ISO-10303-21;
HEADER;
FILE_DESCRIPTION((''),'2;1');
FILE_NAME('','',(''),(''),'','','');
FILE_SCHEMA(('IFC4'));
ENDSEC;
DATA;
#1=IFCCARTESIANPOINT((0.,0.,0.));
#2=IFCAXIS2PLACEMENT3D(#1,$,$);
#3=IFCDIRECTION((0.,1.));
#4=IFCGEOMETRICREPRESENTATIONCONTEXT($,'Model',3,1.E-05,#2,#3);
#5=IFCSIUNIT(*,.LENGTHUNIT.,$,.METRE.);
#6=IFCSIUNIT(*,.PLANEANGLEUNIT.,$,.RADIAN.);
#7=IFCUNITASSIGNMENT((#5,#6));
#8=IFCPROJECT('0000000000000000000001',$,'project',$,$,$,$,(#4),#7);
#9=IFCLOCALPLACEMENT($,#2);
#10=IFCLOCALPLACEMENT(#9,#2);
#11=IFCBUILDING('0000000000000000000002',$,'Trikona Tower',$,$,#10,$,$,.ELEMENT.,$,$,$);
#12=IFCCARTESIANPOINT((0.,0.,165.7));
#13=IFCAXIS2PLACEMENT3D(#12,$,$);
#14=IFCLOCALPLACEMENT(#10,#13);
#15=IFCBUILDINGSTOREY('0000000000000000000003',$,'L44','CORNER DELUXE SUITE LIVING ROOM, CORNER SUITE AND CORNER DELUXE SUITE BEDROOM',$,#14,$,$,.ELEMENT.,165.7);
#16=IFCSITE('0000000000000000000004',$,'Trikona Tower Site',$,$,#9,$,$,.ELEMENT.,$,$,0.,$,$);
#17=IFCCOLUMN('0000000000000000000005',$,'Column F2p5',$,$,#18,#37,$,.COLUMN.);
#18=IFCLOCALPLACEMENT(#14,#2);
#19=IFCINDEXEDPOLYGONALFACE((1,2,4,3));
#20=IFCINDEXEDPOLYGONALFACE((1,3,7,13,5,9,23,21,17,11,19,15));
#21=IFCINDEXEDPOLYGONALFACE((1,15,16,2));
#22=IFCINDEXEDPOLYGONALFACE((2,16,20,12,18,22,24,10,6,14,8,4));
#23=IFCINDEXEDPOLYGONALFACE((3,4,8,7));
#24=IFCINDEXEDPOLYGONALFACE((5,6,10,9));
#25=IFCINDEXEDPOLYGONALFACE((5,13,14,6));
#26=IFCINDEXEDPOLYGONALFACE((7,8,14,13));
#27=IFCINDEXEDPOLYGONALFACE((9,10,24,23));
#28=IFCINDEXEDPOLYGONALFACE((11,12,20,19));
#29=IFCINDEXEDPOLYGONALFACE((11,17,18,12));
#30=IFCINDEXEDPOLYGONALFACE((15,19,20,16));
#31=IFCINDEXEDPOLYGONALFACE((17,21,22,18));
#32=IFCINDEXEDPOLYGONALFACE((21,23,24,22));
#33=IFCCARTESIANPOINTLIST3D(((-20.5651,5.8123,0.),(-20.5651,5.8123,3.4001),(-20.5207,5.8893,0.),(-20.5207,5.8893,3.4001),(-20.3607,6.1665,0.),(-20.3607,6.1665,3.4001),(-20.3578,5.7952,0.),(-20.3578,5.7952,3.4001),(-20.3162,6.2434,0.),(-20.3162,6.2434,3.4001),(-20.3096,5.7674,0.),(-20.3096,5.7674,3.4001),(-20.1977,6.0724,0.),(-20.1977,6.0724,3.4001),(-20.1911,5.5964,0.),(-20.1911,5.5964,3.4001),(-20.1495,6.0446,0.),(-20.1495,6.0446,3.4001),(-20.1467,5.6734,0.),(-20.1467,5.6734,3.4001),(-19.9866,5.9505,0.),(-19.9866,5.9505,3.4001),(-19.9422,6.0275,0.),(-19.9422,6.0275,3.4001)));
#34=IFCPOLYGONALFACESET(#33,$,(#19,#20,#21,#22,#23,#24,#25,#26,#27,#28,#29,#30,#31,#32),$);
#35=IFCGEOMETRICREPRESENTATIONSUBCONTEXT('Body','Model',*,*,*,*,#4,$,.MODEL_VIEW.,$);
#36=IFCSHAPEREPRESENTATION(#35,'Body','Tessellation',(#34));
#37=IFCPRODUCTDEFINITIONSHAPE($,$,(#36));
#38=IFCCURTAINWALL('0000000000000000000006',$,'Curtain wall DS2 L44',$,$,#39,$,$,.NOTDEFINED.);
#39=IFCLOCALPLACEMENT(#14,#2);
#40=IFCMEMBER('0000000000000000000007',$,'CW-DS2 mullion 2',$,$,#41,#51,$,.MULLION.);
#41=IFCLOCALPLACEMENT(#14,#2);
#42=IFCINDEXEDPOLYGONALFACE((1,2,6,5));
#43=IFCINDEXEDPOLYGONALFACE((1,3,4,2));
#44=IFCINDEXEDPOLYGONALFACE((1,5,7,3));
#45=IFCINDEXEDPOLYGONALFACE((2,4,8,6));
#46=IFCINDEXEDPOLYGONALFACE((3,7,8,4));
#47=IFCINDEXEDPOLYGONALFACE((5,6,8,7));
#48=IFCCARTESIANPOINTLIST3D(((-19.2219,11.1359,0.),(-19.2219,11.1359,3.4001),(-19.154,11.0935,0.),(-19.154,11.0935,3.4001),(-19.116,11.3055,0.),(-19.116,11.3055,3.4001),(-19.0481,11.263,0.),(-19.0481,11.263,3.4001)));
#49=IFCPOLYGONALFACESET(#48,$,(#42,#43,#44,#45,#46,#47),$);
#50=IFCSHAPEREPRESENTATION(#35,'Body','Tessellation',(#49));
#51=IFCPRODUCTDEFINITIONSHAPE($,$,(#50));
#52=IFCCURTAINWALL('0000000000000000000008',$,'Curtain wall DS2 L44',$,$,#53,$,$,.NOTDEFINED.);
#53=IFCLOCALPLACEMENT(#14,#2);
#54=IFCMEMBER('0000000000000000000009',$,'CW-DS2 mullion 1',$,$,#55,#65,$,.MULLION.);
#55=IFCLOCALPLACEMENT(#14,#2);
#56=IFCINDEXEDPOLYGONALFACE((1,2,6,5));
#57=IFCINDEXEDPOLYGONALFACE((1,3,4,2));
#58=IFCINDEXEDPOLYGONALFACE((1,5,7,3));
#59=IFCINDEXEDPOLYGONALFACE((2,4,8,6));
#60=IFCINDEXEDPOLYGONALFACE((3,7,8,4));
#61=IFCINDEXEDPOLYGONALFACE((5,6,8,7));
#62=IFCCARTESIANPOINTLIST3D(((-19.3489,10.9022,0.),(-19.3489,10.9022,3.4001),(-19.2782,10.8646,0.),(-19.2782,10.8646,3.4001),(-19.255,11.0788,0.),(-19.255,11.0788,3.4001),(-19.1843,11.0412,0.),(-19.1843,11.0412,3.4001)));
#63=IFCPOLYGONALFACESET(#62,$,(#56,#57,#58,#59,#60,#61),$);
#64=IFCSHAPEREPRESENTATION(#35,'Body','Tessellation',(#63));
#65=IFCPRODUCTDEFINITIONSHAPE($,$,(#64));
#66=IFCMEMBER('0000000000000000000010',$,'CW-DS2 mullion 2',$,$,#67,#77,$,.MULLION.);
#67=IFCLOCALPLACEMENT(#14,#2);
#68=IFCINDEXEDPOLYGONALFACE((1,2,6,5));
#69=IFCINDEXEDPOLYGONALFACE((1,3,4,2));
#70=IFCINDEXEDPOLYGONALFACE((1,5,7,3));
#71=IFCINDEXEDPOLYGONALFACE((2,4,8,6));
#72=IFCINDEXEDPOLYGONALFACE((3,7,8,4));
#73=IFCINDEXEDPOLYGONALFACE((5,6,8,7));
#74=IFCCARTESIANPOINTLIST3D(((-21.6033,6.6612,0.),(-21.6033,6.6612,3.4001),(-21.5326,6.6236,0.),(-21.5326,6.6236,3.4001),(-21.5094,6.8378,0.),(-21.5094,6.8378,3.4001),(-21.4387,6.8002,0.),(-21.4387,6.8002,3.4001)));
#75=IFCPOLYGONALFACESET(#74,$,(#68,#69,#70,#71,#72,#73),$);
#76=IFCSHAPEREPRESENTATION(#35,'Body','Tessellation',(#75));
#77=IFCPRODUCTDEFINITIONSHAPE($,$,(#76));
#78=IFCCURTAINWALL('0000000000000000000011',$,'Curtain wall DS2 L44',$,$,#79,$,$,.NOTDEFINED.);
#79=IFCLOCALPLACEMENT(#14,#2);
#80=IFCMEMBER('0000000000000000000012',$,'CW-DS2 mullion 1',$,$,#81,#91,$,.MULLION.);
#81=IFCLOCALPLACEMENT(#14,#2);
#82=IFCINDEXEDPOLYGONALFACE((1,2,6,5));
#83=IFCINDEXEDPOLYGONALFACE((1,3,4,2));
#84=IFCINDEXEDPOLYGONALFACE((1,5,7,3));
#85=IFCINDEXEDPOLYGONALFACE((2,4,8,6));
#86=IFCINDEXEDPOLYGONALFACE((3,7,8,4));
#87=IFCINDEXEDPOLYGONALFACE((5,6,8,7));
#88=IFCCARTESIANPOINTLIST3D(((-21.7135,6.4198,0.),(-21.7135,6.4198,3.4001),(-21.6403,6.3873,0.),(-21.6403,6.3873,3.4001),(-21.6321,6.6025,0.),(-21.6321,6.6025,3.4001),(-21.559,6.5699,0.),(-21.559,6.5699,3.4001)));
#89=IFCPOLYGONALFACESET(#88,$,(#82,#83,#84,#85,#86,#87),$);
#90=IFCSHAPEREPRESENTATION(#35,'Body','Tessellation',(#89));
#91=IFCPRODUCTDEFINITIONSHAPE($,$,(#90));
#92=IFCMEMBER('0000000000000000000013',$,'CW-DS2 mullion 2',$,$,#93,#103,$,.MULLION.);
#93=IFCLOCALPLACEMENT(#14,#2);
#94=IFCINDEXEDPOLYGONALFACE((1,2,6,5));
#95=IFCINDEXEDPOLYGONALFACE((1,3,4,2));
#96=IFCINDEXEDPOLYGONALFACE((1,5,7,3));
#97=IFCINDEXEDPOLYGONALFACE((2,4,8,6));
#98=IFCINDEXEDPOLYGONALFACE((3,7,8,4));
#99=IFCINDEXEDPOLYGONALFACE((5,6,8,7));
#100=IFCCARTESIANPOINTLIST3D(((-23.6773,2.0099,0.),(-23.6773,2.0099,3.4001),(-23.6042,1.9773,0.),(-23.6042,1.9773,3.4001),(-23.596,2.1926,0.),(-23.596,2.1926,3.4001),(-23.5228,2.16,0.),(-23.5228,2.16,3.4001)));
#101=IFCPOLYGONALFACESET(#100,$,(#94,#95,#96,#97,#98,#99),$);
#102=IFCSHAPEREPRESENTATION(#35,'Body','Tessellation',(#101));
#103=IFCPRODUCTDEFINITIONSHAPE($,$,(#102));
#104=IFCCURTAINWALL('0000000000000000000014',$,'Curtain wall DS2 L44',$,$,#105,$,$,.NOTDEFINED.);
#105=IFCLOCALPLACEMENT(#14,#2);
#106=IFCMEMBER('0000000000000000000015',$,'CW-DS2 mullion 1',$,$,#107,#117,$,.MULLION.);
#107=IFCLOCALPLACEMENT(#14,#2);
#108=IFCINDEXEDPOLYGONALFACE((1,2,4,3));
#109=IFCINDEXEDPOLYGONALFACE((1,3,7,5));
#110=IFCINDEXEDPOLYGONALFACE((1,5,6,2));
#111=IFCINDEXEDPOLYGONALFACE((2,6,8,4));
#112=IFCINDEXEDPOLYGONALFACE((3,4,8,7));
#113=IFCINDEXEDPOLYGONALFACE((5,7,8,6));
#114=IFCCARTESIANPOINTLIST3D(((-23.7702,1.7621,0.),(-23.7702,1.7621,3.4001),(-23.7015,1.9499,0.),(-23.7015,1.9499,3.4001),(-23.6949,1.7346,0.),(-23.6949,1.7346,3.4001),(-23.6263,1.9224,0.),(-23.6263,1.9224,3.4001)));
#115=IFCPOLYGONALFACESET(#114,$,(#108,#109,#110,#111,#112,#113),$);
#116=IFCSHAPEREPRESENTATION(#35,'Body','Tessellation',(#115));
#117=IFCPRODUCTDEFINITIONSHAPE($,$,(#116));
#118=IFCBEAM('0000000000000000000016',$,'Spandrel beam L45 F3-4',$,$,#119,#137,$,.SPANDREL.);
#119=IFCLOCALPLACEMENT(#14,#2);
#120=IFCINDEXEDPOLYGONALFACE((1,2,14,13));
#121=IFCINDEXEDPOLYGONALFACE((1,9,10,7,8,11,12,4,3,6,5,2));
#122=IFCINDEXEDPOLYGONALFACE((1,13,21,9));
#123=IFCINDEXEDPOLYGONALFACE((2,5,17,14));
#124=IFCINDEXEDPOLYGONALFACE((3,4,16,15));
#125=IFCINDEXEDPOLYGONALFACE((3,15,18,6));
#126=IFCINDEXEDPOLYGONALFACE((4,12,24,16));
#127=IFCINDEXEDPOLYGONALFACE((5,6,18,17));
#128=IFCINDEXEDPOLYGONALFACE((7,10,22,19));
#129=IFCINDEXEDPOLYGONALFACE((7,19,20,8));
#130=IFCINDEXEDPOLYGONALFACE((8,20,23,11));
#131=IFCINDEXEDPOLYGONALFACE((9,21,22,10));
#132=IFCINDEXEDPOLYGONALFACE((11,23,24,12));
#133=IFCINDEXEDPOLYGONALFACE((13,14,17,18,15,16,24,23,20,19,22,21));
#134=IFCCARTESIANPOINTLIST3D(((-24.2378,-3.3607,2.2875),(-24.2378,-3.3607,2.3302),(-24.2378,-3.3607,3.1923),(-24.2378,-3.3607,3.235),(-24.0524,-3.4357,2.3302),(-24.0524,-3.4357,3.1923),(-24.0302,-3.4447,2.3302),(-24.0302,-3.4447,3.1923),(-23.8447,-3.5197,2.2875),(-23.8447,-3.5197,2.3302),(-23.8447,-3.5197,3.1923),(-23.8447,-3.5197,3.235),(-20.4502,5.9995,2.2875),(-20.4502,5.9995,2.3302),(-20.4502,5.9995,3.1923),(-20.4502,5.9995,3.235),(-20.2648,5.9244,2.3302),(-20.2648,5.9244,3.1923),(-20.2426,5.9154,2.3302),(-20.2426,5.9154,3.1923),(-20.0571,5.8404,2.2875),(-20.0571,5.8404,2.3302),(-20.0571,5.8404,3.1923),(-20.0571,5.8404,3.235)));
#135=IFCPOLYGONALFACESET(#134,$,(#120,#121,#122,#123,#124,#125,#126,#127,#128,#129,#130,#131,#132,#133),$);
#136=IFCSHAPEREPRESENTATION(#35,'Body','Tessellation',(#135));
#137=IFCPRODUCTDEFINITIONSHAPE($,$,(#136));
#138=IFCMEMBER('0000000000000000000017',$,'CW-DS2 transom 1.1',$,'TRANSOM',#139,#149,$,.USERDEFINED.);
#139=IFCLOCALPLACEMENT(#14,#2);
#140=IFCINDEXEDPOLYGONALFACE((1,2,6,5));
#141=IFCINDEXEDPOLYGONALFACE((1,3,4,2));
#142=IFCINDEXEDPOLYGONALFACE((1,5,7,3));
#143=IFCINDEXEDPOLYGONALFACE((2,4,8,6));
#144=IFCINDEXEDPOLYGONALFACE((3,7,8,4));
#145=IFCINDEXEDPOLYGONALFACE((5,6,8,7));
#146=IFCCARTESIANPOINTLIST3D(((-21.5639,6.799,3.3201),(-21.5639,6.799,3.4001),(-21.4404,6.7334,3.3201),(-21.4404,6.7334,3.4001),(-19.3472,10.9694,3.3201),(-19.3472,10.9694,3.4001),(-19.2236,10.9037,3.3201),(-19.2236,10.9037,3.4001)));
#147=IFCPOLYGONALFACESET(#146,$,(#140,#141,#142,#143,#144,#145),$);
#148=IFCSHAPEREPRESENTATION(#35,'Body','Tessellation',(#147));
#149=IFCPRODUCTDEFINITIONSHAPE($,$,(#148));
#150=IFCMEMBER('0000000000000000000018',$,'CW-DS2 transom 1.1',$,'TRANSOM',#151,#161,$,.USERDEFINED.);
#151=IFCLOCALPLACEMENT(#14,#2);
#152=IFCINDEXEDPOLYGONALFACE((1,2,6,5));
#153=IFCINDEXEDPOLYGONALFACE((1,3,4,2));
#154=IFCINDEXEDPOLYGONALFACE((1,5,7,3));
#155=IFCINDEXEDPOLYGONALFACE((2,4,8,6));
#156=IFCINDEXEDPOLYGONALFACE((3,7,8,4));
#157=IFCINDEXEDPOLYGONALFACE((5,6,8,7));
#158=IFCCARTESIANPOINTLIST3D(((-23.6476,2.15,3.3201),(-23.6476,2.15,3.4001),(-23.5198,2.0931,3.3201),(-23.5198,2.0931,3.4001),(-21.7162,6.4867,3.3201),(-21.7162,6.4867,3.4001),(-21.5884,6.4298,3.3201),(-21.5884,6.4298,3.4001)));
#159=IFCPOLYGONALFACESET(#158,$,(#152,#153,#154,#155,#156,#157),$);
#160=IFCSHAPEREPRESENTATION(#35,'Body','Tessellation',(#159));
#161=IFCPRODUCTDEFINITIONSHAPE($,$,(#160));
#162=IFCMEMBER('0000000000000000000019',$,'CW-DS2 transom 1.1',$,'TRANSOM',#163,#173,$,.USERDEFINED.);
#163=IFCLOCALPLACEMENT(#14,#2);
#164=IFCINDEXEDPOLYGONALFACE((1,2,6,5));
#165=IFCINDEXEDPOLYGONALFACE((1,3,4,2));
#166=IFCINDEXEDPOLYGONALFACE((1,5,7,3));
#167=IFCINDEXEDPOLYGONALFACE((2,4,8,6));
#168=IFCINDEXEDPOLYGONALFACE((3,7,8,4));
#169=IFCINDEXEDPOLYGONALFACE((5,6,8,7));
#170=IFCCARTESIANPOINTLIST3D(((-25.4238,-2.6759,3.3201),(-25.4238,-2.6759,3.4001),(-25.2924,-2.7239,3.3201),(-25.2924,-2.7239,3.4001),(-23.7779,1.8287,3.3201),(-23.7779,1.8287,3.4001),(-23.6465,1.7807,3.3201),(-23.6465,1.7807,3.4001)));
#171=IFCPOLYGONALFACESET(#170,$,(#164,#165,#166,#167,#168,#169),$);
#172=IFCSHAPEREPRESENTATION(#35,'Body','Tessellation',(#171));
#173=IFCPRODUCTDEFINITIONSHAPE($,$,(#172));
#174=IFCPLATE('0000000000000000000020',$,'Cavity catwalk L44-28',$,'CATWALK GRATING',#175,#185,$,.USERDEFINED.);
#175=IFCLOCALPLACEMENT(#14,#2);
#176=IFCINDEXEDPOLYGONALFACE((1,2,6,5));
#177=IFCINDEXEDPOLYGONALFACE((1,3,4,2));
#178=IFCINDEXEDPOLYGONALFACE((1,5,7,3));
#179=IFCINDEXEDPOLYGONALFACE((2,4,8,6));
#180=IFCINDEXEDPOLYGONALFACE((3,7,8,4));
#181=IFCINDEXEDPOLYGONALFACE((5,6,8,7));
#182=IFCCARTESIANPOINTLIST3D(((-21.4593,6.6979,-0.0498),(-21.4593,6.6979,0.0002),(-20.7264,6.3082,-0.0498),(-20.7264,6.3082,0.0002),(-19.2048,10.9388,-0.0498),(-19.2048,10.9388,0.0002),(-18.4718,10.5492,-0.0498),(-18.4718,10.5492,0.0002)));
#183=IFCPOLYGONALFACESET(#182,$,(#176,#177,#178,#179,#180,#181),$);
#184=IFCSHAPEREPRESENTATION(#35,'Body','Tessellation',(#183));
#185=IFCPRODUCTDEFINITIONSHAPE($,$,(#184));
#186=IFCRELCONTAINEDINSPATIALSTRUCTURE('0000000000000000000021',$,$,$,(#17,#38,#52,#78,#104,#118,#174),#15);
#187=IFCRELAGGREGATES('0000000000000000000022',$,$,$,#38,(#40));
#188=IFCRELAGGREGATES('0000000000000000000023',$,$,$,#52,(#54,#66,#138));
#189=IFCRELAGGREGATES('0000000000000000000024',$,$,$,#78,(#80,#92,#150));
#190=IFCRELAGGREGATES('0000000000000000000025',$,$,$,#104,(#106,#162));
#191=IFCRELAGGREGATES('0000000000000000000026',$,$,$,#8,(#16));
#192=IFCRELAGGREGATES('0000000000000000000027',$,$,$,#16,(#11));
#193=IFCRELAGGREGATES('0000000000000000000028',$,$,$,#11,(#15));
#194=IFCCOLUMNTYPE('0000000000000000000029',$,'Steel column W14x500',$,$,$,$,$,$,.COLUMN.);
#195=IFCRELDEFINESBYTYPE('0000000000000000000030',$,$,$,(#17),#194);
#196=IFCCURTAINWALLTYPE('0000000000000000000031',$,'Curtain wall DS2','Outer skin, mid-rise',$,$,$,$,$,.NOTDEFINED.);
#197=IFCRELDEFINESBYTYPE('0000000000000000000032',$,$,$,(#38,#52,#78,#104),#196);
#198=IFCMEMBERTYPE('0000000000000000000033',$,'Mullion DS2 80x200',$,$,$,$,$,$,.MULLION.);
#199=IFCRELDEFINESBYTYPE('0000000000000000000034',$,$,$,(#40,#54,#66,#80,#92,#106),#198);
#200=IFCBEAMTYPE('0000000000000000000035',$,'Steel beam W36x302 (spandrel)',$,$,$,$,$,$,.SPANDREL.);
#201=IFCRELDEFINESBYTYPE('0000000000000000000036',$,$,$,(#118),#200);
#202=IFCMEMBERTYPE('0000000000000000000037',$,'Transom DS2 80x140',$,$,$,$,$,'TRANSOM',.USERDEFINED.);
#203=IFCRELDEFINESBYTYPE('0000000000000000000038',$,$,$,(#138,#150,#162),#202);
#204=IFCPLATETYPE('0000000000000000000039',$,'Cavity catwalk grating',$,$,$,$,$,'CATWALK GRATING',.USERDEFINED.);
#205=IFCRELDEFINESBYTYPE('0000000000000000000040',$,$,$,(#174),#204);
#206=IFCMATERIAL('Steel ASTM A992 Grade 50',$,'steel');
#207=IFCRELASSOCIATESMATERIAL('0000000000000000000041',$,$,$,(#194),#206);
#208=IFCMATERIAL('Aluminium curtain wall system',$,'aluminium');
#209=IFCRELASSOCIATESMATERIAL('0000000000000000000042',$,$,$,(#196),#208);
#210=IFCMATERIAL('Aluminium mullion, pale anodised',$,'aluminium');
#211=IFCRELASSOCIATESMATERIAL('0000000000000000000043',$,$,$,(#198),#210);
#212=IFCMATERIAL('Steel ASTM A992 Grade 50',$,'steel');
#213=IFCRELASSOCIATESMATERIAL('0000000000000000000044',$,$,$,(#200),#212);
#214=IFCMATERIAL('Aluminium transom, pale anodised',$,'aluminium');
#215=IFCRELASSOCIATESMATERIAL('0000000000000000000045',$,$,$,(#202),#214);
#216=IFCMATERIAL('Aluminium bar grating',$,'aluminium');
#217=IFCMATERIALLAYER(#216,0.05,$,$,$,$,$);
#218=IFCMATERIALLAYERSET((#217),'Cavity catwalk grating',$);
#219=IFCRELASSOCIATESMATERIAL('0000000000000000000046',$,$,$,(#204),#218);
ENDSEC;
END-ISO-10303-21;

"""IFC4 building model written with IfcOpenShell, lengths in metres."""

from ifc_helpers import new_model, si_unit, direction, frame, origin, origin_2d, place, context, subcontext, project, spatial, rectangle, i_section, extrude, material, layer, layer_set, material_profile, profile_set, type_object, element, aggregate, save


model = new_model("IFC4")

# Units and contexts
model_context = context("Model", 3, precision=1e-05, world=origin(), true_north=direction((0.0, 1.0)))
body_context = subcontext(model_context, "Body", "Model", "MODEL_VIEW")
ifc_project = project(units=[si_unit("LENGTHUNIT", "METRE"), si_unit("PLANEANGLEUNIT", "RADIAN")], contexts=[model_context])

# Site, building, storey
site_placement = place(None, origin())
site = spatial("IfcSite", under=ifc_project, at=site_placement, Name="Trikona Tower Site", CompositionType="ELEMENT", RefElevation=0.0)
building_placement = place(site_placement, origin())
building = spatial("IfcBuilding", under=site, at=building_placement, Name="Trikona Tower", CompositionType="ELEMENT")
storey_placement = place(building_placement, frame((0.0, 0.0, 165.7)))
storey = spatial("IfcBuildingStorey", under=building, at=storey_placement, Name="L44", Description="CORNER DELUXE SUITE LIVING ROOM, CORNER SUITE AND CORNER DELUXE SUITE BEDROOM", CompositionType="ELEMENT", Elevation=165.7)

# Column
ifc_material_1 = material(Name="Steel ASTM A992 Grade 50", Category="steel")
ifc_material_profile_1 = material_profile(ifc_material_1, i_section(OverallWidth=0.4319, OverallDepth=0.4978, WebThickness=0.0557, FlangeThickness=0.0889, at=origin_2d()), Name="W14X500")
ifc_profile_set_1 = profile_set([ifc_material_profile_1], Name="Steel ASTM A992 Grade 50")
column_type = type_object("IfcColumnType", Name="Steel column W14x500", PredefinedType="COLUMN", material=ifc_profile_set_1)
column_placement = place(storey_placement, frame((-20.2537, 5.9199, 0.0), z_axis=(0.0, 0.0, 1.0), x_axis=(-0.866025, 0.5, 0.0)))
element("IfcColumn", 1, at=column_placement, inside=storey, type_object=column_type, Name="Column F2p5", PredefinedType="COLUMN", context=body_context, shape_type="SweptSolid", body=[
    extrude(i_section(OverallWidth=0.4319, OverallDepth=0.4978, WebThickness=0.0557, FlangeThickness=0.0889, at=origin_2d()), origin(), (0.0, 0.0, 1.0), 3.4001),
])

# Curtain wall, member
ifc_material_2 = material(Name="Aluminium curtain wall system", Category="aluminium")
curtain_wall_type = type_object("IfcCurtainWallType", Name="Curtain wall DS2", Description="Outer skin, mid-rise", PredefinedType="NOTDEFINED", material=ifc_material_2)
curtain_wall_1_placement = place(storey_placement, origin())
curtain_wall_1 = element("IfcCurtainWall", 2, at=curtain_wall_1_placement, inside=storey, type_object=curtain_wall_type, Name="Curtain wall DS2 L44", PredefinedType="NOTDEFINED")
ifc_material_3 = material(Name="Aluminium mullion, pale anodised", Category="aluminium")
ifc_material_profile_2 = material_profile(ifc_material_3, rectangle(XDim=0.0801, YDim=0.2, at=origin_2d()), Name="MUL-DS2")
ifc_profile_set_2 = profile_set([ifc_material_profile_2], Name="Aluminium mullion, pale anodised")
member_type_1 = type_object("IfcMemberType", Name="Mullion DS2 80x200", PredefinedType="MULLION", material=ifc_profile_set_2)
member_1_placement = place(storey_placement, frame((-19.135, 11.1995, 0.0), z_axis=(0.0, 0.0, 1.0), x_axis=(0.847998, -0.529999, 0.0)))
member_1 = element("IfcMember", 3, at=member_1_placement, type_object=member_type_1, Name="CW-DS2 mullion 2", PredefinedType="MULLION", context=body_context, shape_type="SweptSolid", body=[
    extrude(rectangle(XDim=0.0801, YDim=0.2, at=origin_2d()), origin(), (0.0, 0.0, 1.0), 3.4001),
])
aggregate(curtain_wall_1, [member_1])

# Curtain walls, members
curtain_wall_2_placement = place(storey_placement, origin())
curtain_wall_2 = element("IfcCurtainWall", 4, at=curtain_wall_2_placement, inside=storey, type_object=curtain_wall_type, Name="Curtain wall DS2 L44", PredefinedType="NOTDEFINED")
member_2_placement = place(storey_placement, frame((-19.2666, 10.9717, 0.0), z_axis=(0.0, 0.0, 1.0), x_axis=(0.882996, -0.46938, 0.0)))
member_2 = element("IfcMember", 5, at=member_2_placement, type_object=member_type_1, Name="CW-DS2 mullion 1", PredefinedType="MULLION", context=body_context, shape_type="SweptSolid", body=[
    extrude(rectangle(XDim=0.0801, YDim=0.2, at=origin_2d()), origin(), (0.0, 0.0, 1.0), 3.4001),
])
member_3_placement = place(storey_placement, frame((-21.521, 6.7307, 0.0), z_axis=(0.0, 0.0, 1.0), x_axis=(0.882996, -0.46938, 0.0)))
member_3 = element("IfcMember", 6, at=member_3_placement, type_object=member_type_1, Name="CW-DS2 mullion 2", PredefinedType="MULLION", context=body_context, shape_type="SweptSolid", body=[
    extrude(rectangle(XDim=0.0801, YDim=0.2, at=origin_2d()), origin(), (0.0, 0.0, 1.0), 3.4001),
])
curtain_wall_3_placement = place(storey_placement, origin())
curtain_wall_3 = element("IfcCurtainWall", 7, at=curtain_wall_3_placement, inside=storey, type_object=curtain_wall_type, Name="Curtain wall DS2 L44", PredefinedType="NOTDEFINED")
member_4_placement = place(storey_placement, frame((-21.6362, 6.4949, 0.0), z_axis=(0.0, 0.0, 1.0), x_axis=(0.913501, -0.406836, 0.0)))
member_4 = element("IfcMember", 8, at=member_4_placement, type_object=member_type_1, Name="CW-DS2 mullion 1", PredefinedType="MULLION", context=body_context, shape_type="SweptSolid", body=[
    extrude(rectangle(XDim=0.0801, YDim=0.2, at=origin_2d()), origin(), (0.0, 0.0, 1.0), 3.4001),
])
member_5_placement = place(storey_placement, frame((-23.6001, 2.085, 0.0), z_axis=(0.0, 0.0, 1.0), x_axis=(0.913501, -0.406836, 0.0)))
member_5 = element("IfcMember", 9, at=member_5_placement, type_object=member_type_1, Name="CW-DS2 mullion 2", PredefinedType="MULLION", context=body_context, shape_type="SweptSolid", body=[
    extrude(rectangle(XDim=0.0801, YDim=0.2, at=origin_2d()), origin(), (0.0, 0.0, 1.0), 3.4001),
])

# Curtain wall, member
curtain_wall_4_placement = place(storey_placement, origin())
curtain_wall_4 = element("IfcCurtainWall", 10, at=curtain_wall_4_placement, inside=storey, type_object=curtain_wall_type, Name="Curtain wall DS2 L44", PredefinedType="NOTDEFINED")
member_6_placement = place(storey_placement, frame((-23.6982, 1.8423, 0.0), z_axis=(0.0, 0.0, 1.0), x_axis=(0.939254, -0.343223, 0.0)))
member_6 = element("IfcMember", 11, at=member_6_placement, type_object=member_type_1, Name="CW-DS2 mullion 1", PredefinedType="MULLION", context=body_context, shape_type="SweptSolid", body=[
    extrude(rectangle(XDim=0.0801, YDim=0.2, at=origin_2d()), origin(), (0.0, 0.0, 1.0), 3.4001),
])

# Beam
ifc_material_4 = material(Name="Steel ASTM A992 Grade 50", Category="steel")
ifc_material_profile_3 = material_profile(ifc_material_4, i_section(OverallWidth=0.4241, OverallDepth=0.9475, WebThickness=0.0239, FlangeThickness=0.0427, at=origin_2d()), Name="W36X302")
ifc_profile_set_3 = profile_set([ifc_material_profile_3], Name="Steel ASTM A992 Grade 50")
beam_type = type_object("IfcBeamType", Name="Steel beam W36x302 (spandrel)", PredefinedType="SPANDREL", material=ifc_profile_set_3)
beam_placement = place(storey_placement, frame((-20.2537, 5.9199, 2.7612), z_axis=(-0.375106, -0.926982, 0.0), x_axis=(0.926982, -0.375106, 0.0)))
element("IfcBeam", 12, at=beam_placement, inside=storey, type_object=beam_type, Name="Spandrel beam L45 F3-4", PredefinedType="SPANDREL", context=body_context, shape_type="SweptSolid", body=[
    extrude(i_section(OverallWidth=0.4241, OverallDepth=0.9475, WebThickness=0.0239, FlangeThickness=0.0427, at=origin_2d()), origin(), (0.0, 0.0, 1.0), 10.0974),
])

# Members
ifc_material_5 = material(Name="Aluminium transom, pale anodised", Category="aluminium")
ifc_material_profile_4 = material_profile(ifc_material_5, rectangle(XDim=0.1399, YDim=0.0801, at=origin_2d()), Name="TRN-DS2")
ifc_profile_set_4 = profile_set([ifc_material_profile_4], Name="Aluminium transom, pale anodised")
member_type_2 = type_object("IfcMemberType", Name="Transom DS2 80x140", ElementType="TRANSOM", PredefinedType="USERDEFINED", material=ifc_profile_set_4)
member_7_placement = place(storey_placement, frame((-19.2854, 10.9365, 3.3601), z_axis=(-0.469364, -0.883005, 0.0), x_axis=(0.883005, -0.469364, 0.0)))
member_7 = element("IfcMember", 13, at=member_7_placement, type_object=member_type_2, Name="CW-DS2 transom 1.1", ObjectType="TRANSOM", PredefinedType="USERDEFINED", context=body_context, shape_type="SweptSolid", body=[
    extrude(rectangle(XDim=0.1399, YDim=0.0801, at=origin_2d()), origin(), (0.0, 0.0, 1.0), 4.7229),
])
member_8_placement = place(storey_placement, frame((-21.6523, 6.4583, 3.3601), z_axis=(-0.40684, -0.9135, 0.0), x_axis=(0.9135, -0.40684, 0.0)))
member_8 = element("IfcMember", 14, at=member_8_placement, type_object=member_type_2, Name="CW-DS2 transom 1.1", ObjectType="TRANSOM", PredefinedType="USERDEFINED", context=body_context, shape_type="SweptSolid", body=[
    extrude(rectangle(XDim=0.1399, YDim=0.0801, at=origin_2d()), origin(), (0.0, 0.0, 1.0), 4.7473),
])
member_9_placement = place(storey_placement, frame((-23.7122, 1.8047, 3.3601), z_axis=(-0.343206, -0.93926, 0.0), x_axis=(0.93926, -0.343206, 0.0)))
member_9 = element("IfcMember", 15, at=member_9_placement, type_object=member_type_2, Name="CW-DS2 transom 1.1", ObjectType="TRANSOM", PredefinedType="USERDEFINED", context=body_context, shape_type="SweptSolid", body=[
    extrude(rectangle(XDim=0.1399, YDim=0.0801, at=origin_2d()), origin(), (0.0, 0.0, 1.0), 4.7959),
])

# Plate
ifc_material_6 = material(Name="Aluminium bar grating", Category="aluminium")
ifc_layer_1 = layer(ifc_material_6, 0.05)
ifc_layer_set_1 = layer_set([ifc_layer_1], Name="Cavity catwalk grating")
plate_type_1 = type_object("IfcPlateType", Name="Cavity catwalk grating", ElementType="CATWALK GRATING", PredefinedType="USERDEFINED", material=ifc_layer_set_1)
plate_1_placement = place(storey_placement, frame((-19.9656, 8.6235, -0.0498), z_axis=(0.0, 0.0, 1.0), x_axis=(-0.469398, -0.882987, 0.0)))
element("IfcPlate", 16, at=plate_1_placement, inside=storey, type_object=plate_type_1, Name="Cavity catwalk L44-28", ObjectType="CATWALK GRATING", PredefinedType="USERDEFINED", context=body_context, shape_type="SweptSolid", body=[
    extrude(rectangle(XDim=4.803, YDim=0.8301, at=origin_2d()), origin(), (0.0, 0.0, 1.0), 0.05),
])

aggregate(curtain_wall_2, [member_2, member_3, member_7])
aggregate(curtain_wall_3, [member_4, member_5, member_8])
aggregate(curtain_wall_4, [member_6, member_9])

save(model, "model.ifc")
